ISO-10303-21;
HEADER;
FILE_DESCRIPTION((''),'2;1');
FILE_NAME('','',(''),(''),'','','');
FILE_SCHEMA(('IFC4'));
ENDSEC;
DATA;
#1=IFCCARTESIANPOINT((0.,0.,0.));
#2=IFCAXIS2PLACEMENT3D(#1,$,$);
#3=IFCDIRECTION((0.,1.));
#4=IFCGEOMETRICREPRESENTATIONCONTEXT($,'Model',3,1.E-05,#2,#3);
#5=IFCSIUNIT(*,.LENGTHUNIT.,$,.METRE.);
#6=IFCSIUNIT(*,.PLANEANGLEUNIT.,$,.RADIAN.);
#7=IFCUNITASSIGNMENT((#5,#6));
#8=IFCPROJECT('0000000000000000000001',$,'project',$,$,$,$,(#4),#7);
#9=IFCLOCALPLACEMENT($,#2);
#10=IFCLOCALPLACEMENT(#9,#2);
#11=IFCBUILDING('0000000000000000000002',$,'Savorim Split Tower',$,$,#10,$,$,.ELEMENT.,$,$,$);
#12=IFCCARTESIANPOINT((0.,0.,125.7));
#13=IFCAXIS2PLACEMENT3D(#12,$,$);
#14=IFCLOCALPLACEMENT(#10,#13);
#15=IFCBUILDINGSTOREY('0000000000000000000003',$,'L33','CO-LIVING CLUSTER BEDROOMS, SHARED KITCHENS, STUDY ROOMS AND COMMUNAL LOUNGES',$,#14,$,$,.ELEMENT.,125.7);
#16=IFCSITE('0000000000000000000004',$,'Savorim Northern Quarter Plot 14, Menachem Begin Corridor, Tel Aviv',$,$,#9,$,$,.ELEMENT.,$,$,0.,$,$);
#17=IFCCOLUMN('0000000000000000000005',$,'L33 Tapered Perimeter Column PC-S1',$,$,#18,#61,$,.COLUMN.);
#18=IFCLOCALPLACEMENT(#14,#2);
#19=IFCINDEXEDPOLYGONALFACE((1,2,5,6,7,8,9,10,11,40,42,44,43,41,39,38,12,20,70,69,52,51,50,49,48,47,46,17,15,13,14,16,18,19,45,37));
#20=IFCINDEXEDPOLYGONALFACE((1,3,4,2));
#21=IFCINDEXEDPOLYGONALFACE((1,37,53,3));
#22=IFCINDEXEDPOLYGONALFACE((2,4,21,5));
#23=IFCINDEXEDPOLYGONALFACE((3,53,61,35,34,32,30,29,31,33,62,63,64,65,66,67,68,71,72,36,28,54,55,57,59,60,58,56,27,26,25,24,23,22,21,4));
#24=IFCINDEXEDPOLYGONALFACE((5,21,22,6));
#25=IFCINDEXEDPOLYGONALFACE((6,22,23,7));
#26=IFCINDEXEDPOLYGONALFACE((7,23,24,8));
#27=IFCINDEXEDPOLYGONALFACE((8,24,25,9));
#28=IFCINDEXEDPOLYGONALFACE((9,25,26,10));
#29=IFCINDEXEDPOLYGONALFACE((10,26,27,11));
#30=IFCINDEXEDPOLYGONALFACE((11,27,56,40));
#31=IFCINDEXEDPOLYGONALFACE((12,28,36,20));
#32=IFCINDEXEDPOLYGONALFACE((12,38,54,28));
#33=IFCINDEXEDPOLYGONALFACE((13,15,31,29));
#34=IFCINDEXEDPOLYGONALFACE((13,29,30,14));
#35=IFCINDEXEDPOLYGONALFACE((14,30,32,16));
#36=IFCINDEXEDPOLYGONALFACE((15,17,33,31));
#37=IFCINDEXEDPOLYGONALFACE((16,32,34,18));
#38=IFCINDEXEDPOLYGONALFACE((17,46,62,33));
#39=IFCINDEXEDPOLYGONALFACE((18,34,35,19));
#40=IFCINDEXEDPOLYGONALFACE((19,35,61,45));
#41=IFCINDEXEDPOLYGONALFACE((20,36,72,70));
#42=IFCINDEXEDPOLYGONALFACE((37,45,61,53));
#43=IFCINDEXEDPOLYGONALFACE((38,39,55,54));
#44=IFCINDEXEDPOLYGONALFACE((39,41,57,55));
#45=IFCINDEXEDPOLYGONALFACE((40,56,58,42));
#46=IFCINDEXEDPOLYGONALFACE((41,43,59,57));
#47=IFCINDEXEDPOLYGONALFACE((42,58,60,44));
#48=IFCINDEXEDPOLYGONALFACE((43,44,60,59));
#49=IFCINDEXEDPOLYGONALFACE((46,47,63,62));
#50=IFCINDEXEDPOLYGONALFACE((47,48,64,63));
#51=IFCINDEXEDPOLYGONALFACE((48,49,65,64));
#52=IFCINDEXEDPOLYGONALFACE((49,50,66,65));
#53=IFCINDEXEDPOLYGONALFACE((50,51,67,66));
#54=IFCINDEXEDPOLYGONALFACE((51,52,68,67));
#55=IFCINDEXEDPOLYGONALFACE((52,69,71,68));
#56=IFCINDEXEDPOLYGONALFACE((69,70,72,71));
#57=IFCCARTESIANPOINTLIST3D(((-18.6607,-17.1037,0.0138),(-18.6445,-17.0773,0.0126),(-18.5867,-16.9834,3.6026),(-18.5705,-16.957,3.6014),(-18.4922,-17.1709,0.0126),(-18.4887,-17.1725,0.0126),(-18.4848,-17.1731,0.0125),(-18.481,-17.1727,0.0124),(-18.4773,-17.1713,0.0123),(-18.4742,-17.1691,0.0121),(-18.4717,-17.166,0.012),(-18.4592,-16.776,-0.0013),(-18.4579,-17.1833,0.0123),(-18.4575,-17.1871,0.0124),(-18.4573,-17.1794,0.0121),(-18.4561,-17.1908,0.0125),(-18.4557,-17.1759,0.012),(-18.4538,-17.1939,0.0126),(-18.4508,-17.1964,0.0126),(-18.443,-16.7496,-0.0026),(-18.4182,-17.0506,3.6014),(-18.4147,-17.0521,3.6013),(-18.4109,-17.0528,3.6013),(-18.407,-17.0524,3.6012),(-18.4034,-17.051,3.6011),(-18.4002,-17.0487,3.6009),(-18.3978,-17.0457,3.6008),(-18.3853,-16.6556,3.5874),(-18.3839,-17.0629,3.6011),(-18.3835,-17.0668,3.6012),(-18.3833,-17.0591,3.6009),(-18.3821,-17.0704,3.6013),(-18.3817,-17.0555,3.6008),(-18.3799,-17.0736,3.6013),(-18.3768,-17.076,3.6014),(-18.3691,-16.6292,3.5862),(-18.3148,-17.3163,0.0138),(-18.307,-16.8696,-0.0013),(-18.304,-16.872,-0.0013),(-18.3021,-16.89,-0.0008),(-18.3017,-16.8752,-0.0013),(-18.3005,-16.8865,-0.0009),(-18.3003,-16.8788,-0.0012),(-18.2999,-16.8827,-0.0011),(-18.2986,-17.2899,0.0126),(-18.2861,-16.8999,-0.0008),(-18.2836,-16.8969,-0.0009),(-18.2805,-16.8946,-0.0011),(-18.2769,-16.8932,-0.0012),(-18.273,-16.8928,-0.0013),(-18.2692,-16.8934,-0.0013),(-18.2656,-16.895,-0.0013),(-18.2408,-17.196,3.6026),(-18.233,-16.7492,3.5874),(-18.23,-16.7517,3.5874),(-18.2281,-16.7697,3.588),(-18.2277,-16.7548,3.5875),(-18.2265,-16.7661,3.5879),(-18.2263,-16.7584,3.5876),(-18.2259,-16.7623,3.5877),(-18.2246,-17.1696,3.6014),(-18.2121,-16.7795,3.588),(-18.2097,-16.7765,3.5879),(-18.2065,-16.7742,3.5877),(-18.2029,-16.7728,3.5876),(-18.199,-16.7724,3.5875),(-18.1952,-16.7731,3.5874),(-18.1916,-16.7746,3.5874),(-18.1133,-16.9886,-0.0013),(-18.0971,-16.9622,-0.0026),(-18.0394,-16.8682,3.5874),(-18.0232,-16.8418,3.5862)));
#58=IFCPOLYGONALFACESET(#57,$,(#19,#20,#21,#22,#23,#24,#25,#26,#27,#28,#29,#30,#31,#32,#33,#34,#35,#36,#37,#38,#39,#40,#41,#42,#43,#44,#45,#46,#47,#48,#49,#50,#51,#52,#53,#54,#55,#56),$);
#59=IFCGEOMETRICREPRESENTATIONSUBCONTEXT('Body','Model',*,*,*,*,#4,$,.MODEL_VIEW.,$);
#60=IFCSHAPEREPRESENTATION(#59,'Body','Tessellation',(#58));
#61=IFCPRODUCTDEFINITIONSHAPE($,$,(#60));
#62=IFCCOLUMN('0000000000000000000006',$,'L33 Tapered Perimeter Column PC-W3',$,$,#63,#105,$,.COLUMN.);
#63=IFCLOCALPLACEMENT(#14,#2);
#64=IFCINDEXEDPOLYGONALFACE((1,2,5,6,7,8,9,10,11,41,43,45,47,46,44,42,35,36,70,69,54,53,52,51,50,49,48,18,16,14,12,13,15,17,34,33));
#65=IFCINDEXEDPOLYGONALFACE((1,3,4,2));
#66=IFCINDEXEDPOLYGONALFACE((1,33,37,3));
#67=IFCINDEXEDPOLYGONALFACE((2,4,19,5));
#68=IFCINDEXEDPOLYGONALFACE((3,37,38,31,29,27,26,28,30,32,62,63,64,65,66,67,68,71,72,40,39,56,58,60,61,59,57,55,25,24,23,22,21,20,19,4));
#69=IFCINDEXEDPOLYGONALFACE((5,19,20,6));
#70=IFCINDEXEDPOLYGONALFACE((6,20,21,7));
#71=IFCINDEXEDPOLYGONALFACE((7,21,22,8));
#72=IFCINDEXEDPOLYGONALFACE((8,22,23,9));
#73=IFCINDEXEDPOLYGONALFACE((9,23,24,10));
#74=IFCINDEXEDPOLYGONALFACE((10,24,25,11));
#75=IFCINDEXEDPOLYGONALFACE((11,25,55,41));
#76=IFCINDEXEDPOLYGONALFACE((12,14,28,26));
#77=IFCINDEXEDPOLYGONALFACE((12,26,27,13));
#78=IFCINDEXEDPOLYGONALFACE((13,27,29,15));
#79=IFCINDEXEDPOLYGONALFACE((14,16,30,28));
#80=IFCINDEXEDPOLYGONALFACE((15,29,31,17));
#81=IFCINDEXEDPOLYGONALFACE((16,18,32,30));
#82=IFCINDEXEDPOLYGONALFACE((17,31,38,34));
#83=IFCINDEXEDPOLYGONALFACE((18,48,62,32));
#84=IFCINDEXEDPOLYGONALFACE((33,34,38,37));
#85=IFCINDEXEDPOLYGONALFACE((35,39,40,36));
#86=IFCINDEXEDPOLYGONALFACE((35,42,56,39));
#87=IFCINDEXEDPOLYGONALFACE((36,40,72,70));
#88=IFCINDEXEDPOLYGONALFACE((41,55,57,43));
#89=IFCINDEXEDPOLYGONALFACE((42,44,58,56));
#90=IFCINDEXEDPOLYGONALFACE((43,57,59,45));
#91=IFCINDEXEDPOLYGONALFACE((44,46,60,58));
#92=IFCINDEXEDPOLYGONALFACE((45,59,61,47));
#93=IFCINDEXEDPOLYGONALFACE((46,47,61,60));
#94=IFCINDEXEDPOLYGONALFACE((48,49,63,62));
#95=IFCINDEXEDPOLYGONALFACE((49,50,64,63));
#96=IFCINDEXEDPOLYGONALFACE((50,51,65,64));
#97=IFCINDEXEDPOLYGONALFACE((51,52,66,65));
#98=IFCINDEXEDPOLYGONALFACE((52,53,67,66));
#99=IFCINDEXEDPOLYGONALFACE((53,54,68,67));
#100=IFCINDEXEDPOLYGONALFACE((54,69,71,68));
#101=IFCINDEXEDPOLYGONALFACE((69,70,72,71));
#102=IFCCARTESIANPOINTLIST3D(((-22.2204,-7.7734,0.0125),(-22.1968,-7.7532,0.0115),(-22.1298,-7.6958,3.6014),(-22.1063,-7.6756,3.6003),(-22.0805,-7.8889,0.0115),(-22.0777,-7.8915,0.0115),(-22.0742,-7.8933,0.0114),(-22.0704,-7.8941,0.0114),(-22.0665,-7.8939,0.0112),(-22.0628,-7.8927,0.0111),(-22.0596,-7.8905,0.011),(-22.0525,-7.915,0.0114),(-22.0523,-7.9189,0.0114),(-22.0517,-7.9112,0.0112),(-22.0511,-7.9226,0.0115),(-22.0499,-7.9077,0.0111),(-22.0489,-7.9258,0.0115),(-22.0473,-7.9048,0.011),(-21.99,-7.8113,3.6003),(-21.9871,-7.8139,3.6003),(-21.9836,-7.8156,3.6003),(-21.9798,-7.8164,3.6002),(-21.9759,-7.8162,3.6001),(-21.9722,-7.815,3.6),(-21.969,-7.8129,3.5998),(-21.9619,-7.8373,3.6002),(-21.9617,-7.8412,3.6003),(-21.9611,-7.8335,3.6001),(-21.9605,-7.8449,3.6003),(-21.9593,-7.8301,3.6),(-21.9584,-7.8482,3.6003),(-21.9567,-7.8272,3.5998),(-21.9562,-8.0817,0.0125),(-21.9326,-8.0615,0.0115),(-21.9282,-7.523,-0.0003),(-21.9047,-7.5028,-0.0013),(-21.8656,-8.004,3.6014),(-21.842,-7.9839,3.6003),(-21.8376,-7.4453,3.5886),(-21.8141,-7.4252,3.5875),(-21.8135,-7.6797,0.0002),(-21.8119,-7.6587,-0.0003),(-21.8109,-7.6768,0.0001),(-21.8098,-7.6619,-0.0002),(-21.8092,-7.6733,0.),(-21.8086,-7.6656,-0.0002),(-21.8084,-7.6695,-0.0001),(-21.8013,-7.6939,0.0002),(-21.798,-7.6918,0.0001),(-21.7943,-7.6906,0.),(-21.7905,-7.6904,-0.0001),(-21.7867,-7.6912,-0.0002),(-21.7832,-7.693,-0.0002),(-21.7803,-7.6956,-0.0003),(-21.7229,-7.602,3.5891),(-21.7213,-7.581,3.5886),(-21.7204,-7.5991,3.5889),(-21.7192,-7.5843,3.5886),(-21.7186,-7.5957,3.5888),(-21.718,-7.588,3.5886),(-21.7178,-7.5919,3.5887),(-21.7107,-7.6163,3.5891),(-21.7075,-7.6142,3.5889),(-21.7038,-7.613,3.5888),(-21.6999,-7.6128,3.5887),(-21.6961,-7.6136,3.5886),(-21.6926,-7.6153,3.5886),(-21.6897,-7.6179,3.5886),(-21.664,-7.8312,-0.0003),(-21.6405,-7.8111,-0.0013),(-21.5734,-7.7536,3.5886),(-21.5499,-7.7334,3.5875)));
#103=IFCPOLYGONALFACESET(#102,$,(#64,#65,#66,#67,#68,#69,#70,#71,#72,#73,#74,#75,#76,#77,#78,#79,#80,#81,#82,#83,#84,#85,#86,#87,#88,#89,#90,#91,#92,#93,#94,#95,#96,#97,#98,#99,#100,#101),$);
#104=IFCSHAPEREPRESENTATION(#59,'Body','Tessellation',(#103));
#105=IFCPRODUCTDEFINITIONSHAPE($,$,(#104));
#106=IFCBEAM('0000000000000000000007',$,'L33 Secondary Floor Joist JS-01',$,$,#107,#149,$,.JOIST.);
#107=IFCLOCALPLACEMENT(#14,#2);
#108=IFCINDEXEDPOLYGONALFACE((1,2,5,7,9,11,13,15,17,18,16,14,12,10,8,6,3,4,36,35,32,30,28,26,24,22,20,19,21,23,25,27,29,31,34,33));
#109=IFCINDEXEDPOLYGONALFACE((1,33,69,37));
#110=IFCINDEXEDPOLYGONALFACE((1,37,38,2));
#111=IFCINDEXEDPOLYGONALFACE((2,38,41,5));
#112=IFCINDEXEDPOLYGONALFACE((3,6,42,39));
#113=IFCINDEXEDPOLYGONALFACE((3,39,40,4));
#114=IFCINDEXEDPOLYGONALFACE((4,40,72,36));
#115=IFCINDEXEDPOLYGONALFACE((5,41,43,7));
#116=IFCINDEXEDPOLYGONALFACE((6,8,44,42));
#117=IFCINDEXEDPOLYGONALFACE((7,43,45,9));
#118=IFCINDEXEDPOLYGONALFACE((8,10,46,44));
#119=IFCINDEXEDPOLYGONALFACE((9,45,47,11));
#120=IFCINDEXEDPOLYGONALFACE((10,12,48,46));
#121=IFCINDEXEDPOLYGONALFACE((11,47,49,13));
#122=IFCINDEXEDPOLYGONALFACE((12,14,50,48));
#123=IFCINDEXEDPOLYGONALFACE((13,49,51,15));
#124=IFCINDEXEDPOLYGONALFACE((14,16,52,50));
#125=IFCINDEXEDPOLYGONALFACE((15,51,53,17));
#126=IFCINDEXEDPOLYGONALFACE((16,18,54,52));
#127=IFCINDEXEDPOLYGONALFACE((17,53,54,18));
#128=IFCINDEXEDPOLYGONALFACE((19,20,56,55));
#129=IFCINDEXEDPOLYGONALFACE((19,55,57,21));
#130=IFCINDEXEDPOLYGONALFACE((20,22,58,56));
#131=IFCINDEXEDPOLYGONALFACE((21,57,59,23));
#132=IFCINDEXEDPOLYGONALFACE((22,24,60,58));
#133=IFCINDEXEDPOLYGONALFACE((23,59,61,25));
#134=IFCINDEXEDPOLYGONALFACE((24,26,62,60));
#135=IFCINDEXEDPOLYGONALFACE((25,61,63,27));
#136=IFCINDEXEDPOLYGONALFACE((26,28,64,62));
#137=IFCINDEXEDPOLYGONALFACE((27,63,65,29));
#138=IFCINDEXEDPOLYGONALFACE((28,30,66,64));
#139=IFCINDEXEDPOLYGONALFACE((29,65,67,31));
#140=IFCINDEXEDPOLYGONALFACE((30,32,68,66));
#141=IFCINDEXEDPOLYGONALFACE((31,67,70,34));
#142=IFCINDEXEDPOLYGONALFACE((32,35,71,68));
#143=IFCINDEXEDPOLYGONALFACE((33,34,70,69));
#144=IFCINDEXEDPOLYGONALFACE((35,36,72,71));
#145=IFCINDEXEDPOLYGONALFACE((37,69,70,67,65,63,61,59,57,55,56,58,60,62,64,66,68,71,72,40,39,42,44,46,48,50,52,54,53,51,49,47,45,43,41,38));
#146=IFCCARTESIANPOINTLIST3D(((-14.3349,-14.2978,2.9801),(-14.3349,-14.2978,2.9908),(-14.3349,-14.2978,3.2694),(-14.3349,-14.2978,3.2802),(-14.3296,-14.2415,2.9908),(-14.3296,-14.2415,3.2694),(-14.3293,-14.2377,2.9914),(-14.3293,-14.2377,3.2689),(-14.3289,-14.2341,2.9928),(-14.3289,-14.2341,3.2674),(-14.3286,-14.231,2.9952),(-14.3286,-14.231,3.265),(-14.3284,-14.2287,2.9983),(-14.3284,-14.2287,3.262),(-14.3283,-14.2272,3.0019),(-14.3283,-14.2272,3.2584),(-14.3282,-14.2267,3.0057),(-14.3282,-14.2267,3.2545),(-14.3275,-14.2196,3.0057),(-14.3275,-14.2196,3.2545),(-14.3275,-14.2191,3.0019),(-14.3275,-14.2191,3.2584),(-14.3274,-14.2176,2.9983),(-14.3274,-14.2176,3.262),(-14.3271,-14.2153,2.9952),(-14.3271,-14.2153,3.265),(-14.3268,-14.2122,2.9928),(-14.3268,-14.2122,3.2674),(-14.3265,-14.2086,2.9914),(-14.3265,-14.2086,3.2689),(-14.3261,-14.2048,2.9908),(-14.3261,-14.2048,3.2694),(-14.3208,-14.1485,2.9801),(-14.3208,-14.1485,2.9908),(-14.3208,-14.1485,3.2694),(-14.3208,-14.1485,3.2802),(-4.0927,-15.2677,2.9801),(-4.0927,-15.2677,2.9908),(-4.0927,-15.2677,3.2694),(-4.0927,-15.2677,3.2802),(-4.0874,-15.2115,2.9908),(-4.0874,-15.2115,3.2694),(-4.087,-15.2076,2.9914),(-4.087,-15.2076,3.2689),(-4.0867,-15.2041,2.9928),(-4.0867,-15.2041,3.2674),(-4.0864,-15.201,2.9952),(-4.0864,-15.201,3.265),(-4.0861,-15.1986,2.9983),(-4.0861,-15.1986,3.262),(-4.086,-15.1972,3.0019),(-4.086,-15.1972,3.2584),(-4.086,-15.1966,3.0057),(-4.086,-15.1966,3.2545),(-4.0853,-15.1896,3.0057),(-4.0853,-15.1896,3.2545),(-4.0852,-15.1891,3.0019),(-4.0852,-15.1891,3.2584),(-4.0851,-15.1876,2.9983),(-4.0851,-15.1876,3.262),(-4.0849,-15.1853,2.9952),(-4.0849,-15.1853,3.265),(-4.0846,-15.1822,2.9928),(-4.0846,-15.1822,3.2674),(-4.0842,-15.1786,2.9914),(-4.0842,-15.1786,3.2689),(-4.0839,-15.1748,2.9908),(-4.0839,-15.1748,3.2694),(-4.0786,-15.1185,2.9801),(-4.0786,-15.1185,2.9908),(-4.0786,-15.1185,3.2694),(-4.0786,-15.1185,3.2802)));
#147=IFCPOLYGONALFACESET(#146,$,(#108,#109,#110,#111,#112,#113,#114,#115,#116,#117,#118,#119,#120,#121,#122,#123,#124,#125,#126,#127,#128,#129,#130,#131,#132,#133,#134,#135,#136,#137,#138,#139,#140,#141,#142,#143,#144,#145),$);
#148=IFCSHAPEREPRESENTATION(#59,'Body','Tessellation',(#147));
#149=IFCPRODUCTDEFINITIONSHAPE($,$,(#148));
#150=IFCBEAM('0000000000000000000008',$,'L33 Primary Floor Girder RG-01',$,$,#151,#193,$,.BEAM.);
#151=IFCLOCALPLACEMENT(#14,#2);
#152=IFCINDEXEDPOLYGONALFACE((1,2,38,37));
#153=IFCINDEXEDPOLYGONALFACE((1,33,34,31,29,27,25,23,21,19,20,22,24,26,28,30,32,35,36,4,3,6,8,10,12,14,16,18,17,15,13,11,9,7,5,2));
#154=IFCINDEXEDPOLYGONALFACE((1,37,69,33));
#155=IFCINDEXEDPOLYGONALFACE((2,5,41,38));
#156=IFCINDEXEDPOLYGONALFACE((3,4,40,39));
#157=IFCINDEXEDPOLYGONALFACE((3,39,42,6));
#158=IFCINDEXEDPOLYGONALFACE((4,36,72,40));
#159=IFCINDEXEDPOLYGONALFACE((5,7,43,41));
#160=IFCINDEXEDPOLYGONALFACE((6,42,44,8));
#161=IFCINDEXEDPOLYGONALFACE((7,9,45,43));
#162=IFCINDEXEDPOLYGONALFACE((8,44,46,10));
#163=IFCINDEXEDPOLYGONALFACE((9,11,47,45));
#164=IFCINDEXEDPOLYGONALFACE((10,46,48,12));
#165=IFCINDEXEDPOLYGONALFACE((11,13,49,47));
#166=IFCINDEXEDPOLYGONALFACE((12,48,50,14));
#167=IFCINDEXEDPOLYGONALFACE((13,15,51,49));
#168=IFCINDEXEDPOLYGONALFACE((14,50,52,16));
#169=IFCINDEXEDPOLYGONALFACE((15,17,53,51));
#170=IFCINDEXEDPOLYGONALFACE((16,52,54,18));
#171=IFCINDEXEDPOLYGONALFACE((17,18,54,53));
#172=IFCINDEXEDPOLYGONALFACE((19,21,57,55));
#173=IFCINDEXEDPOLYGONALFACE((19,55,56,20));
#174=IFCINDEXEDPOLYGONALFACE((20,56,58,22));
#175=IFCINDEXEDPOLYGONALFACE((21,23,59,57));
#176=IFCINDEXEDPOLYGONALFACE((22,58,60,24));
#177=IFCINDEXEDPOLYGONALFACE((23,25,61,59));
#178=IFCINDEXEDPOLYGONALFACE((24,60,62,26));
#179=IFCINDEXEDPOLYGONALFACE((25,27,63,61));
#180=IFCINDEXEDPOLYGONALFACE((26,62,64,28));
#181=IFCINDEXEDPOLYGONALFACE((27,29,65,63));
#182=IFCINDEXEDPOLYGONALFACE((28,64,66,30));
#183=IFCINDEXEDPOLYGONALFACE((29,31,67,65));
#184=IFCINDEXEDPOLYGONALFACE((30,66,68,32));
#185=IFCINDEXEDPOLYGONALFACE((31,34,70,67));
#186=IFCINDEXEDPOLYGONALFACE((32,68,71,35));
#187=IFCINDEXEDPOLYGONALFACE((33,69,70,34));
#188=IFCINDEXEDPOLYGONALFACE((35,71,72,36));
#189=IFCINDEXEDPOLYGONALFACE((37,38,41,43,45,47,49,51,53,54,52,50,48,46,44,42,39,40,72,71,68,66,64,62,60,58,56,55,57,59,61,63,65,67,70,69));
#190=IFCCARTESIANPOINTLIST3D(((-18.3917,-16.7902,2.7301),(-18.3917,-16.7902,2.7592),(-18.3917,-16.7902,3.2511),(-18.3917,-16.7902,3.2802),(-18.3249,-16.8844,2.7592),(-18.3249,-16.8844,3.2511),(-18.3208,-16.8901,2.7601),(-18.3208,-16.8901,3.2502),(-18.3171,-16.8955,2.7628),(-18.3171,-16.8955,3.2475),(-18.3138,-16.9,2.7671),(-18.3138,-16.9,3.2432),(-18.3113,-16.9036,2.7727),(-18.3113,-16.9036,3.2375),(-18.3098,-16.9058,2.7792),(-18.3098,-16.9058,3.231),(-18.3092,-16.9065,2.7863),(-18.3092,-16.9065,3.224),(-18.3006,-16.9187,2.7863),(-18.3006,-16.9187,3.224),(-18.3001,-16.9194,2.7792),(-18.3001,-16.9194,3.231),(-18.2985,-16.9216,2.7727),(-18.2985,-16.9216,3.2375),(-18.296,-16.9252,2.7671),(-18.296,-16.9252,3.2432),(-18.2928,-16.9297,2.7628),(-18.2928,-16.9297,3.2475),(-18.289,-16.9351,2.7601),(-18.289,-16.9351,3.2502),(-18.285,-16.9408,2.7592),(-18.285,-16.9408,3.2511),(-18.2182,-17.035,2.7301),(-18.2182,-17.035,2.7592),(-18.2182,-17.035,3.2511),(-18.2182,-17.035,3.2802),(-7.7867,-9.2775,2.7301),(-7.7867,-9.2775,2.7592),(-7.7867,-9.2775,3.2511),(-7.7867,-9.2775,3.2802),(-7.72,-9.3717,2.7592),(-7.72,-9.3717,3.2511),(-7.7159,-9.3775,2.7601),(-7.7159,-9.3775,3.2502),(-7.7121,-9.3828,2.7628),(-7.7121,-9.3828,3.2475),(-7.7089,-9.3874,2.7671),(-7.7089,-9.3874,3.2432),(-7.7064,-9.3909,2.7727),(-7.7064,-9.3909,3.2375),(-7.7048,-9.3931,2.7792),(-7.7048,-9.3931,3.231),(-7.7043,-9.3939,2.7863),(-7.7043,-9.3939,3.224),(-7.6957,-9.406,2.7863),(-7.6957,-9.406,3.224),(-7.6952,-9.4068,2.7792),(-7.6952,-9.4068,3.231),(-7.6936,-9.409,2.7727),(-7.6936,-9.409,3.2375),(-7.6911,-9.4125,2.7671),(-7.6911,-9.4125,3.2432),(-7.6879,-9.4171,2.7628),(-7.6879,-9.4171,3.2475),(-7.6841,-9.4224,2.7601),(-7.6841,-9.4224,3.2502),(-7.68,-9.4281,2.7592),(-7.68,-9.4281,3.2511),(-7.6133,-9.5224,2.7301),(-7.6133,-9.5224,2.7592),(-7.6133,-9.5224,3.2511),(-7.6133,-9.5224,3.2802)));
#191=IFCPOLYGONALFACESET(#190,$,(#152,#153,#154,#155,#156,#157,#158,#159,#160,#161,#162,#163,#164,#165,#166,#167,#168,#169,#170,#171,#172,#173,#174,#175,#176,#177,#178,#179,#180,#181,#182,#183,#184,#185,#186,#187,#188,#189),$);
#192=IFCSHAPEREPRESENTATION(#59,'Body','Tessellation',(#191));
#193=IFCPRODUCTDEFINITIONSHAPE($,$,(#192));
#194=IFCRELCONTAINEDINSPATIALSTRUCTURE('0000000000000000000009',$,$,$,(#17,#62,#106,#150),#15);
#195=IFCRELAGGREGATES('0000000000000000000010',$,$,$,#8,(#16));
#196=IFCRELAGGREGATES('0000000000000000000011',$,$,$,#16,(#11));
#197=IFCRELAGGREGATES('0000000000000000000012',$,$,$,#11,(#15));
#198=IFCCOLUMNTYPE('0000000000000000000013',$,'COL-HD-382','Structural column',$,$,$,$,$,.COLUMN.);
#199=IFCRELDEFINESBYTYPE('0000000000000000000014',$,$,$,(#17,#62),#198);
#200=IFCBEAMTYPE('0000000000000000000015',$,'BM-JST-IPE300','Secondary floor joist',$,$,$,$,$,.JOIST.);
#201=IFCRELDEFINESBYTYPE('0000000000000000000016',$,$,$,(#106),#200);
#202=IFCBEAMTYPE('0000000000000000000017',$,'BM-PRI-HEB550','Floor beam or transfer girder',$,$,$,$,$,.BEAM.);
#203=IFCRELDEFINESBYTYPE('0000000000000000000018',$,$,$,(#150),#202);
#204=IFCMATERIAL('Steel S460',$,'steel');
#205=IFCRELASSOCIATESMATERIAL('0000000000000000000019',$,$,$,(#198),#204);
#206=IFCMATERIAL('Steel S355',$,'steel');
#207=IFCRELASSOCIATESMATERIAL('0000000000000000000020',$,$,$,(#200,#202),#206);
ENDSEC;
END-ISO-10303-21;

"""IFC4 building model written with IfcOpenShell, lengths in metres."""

from ifc_helpers import new_model, si_unit, direction, frame, origin, origin_2d, place, context, subcontext, project, spatial, i_section, extrude, material, material_profile, profile_set, type_object, element, save


model = new_model("IFC4")

# Units and contexts
model_context = context("Model", 3, precision=1e-05, world=origin(), true_north=direction((0.0, 1.0)))
body_context = subcontext(model_context, "Body", "Model", "MODEL_VIEW")
ifc_project = project(units=[si_unit("LENGTHUNIT", "METRE"), si_unit("PLANEANGLEUNIT", "RADIAN")], contexts=[model_context])

# Site, building, storey
site_placement = place(None, origin())
site = spatial("IfcSite", under=ifc_project, at=site_placement, Name="Savorim Northern Quarter Plot 14, Menachem Begin Corridor, Tel Aviv", CompositionType="ELEMENT", RefElevation=0.0)
building_placement = place(site_placement, origin())
building = spatial("IfcBuilding", under=site, at=building_placement, Name="Savorim Split Tower", CompositionType="ELEMENT")
storey_placement = place(building_placement, frame((0.0, 0.0, 125.7)))
storey = spatial("IfcBuildingStorey", under=building, at=storey_placement, Name="L33", Description="CO-LIVING CLUSTER BEDROOMS, SHARED KITCHENS, STUDY ROOMS AND COMMUNAL LOUNGES", CompositionType="ELEMENT", Elevation=125.7)

# Columns
ifc_material_1 = material(Name="Steel S460", Category="steel")
ifc_material_profile_1 = material_profile(ifc_material_1, i_section(OverallWidth=0.406, OverallDepth=0.416, WebThickness=0.0188, FlangeThickness=0.031, FilletRadius=0.0149, at=origin_2d()), Name="HD 400x382")
ifc_profile_set_1 = profile_set([ifc_material_profile_1], Name="Steel S460")
column_type = type_object("IfcColumnType", Name="COL-HD-382", Description="Structural column", PredefinedType="COLUMN", material=ifc_profile_set_1)
column_1_placement = place(storey_placement, frame((-18.3789, -17.033, 0.0056), z_axis=(0.020596, 0.033511, 0.999226), x_axis=(-0.851955, 0.523615, 0.0)))
element("IfcColumn", 1, at=column_1_placement, inside=storey, type_object=column_type, Name="L33 Tapered Perimeter Column PC-S1", PredefinedType="COLUMN", context=body_context, shape_type="SweptSolid", body=[
    extrude(i_section(OverallWidth=0.406, OverallDepth=0.416, WebThickness=0.0188, FlangeThickness=0.031, FilletRadius=0.0149, at=origin_2d()), origin(), (0.0, 0.0, 1.0), 3.5916),
])
column_2_placement = place(storey_placement, frame((-21.9304, -7.7922, 0.0056), z_axis=(0.025224, 0.021621, 0.999448), x_axis=(-0.650791, 0.759257, 0.0)))
element("IfcColumn", 2, at=column_2_placement, inside=storey, type_object=column_type, Name="L33 Tapered Perimeter Column PC-W3", PredefinedType="COLUMN", context=body_context, shape_type="SweptSolid", body=[
    extrude(i_section(OverallWidth=0.406, OverallDepth=0.416, WebThickness=0.0188, FlangeThickness=0.031, FilletRadius=0.0149, at=origin_2d()), origin(), (0.0, 0.0, 1.0), 3.5908),
])

# Beams
ifc_material_2 = material(Name="Steel S355", Category="steel")
ifc_material_profile_2 = material_profile(ifc_material_2, i_section(OverallWidth=0.1499, OverallDepth=0.3, WebThickness=0.0071, FlangeThickness=0.0107, FilletRadius=0.0149, at=origin_2d()), Name="IPE 300")
ifc_profile_set_2 = profile_set([ifc_material_profile_2], Name="Steel S355")
beam_type_1 = type_object("IfcBeamType", Name="BM-JST-IPE300", Description="Secondary floor joist", PredefinedType="JOIST", material=ifc_profile_set_2)
beam_1_placement = place(storey_placement, frame((-14.3279, -14.2231, 3.1301), z_axis=(0.995546, -0.094282, 0.0), x_axis=(0.094282, 0.995546, 0.0)))
element("IfcBeam", 3, at=beam_1_placement, inside=storey, type_object=beam_type_1, Name="L33 Secondary Floor Joist JS-01", PredefinedType="JOIST", context=body_context, shape_type="SweptSolid", body=[
    extrude(i_section(OverallWidth=0.1499, OverallDepth=0.3, WebThickness=0.0071, FlangeThickness=0.0107, FilletRadius=0.0149, at=origin_2d()), origin(), (0.0, 0.0, 1.0), 10.2881),
])
ifc_material_profile_3 = material_profile(ifc_material_2, i_section(OverallWidth=0.3, OverallDepth=0.55, WebThickness=0.0149, FlangeThickness=0.0291, FilletRadius=0.0271, at=origin_2d()), Name="HEB 550")
ifc_profile_set_3 = profile_set([ifc_material_profile_3], Name="Steel S355")
beam_type_2 = type_object("IfcBeamType", Name="BM-PRI-HEB550", Description="Floor beam or transfer girder", PredefinedType="BEAM", material=ifc_profile_set_3)
beam_2_placement = place(storey_placement, frame((-18.3049, -16.9126, 3.0051), z_axis=(0.815994, 0.57806, 0.0), x_axis=(-0.57806, 0.815994, 0.0)))
element("IfcBeam", 4, at=beam_2_placement, inside=storey, type_object=beam_type_2, Name="L33 Primary Floor Girder RG-01", PredefinedType="BEAM", context=body_context, shape_type="SweptSolid", body=[
    extrude(i_section(OverallWidth=0.3, OverallDepth=0.55, WebThickness=0.0149, FlangeThickness=0.0291, FilletRadius=0.0271, at=origin_2d()), origin(), (0.0, 0.0, 1.0), 12.9963),
])

save(model, "model.ifc")
